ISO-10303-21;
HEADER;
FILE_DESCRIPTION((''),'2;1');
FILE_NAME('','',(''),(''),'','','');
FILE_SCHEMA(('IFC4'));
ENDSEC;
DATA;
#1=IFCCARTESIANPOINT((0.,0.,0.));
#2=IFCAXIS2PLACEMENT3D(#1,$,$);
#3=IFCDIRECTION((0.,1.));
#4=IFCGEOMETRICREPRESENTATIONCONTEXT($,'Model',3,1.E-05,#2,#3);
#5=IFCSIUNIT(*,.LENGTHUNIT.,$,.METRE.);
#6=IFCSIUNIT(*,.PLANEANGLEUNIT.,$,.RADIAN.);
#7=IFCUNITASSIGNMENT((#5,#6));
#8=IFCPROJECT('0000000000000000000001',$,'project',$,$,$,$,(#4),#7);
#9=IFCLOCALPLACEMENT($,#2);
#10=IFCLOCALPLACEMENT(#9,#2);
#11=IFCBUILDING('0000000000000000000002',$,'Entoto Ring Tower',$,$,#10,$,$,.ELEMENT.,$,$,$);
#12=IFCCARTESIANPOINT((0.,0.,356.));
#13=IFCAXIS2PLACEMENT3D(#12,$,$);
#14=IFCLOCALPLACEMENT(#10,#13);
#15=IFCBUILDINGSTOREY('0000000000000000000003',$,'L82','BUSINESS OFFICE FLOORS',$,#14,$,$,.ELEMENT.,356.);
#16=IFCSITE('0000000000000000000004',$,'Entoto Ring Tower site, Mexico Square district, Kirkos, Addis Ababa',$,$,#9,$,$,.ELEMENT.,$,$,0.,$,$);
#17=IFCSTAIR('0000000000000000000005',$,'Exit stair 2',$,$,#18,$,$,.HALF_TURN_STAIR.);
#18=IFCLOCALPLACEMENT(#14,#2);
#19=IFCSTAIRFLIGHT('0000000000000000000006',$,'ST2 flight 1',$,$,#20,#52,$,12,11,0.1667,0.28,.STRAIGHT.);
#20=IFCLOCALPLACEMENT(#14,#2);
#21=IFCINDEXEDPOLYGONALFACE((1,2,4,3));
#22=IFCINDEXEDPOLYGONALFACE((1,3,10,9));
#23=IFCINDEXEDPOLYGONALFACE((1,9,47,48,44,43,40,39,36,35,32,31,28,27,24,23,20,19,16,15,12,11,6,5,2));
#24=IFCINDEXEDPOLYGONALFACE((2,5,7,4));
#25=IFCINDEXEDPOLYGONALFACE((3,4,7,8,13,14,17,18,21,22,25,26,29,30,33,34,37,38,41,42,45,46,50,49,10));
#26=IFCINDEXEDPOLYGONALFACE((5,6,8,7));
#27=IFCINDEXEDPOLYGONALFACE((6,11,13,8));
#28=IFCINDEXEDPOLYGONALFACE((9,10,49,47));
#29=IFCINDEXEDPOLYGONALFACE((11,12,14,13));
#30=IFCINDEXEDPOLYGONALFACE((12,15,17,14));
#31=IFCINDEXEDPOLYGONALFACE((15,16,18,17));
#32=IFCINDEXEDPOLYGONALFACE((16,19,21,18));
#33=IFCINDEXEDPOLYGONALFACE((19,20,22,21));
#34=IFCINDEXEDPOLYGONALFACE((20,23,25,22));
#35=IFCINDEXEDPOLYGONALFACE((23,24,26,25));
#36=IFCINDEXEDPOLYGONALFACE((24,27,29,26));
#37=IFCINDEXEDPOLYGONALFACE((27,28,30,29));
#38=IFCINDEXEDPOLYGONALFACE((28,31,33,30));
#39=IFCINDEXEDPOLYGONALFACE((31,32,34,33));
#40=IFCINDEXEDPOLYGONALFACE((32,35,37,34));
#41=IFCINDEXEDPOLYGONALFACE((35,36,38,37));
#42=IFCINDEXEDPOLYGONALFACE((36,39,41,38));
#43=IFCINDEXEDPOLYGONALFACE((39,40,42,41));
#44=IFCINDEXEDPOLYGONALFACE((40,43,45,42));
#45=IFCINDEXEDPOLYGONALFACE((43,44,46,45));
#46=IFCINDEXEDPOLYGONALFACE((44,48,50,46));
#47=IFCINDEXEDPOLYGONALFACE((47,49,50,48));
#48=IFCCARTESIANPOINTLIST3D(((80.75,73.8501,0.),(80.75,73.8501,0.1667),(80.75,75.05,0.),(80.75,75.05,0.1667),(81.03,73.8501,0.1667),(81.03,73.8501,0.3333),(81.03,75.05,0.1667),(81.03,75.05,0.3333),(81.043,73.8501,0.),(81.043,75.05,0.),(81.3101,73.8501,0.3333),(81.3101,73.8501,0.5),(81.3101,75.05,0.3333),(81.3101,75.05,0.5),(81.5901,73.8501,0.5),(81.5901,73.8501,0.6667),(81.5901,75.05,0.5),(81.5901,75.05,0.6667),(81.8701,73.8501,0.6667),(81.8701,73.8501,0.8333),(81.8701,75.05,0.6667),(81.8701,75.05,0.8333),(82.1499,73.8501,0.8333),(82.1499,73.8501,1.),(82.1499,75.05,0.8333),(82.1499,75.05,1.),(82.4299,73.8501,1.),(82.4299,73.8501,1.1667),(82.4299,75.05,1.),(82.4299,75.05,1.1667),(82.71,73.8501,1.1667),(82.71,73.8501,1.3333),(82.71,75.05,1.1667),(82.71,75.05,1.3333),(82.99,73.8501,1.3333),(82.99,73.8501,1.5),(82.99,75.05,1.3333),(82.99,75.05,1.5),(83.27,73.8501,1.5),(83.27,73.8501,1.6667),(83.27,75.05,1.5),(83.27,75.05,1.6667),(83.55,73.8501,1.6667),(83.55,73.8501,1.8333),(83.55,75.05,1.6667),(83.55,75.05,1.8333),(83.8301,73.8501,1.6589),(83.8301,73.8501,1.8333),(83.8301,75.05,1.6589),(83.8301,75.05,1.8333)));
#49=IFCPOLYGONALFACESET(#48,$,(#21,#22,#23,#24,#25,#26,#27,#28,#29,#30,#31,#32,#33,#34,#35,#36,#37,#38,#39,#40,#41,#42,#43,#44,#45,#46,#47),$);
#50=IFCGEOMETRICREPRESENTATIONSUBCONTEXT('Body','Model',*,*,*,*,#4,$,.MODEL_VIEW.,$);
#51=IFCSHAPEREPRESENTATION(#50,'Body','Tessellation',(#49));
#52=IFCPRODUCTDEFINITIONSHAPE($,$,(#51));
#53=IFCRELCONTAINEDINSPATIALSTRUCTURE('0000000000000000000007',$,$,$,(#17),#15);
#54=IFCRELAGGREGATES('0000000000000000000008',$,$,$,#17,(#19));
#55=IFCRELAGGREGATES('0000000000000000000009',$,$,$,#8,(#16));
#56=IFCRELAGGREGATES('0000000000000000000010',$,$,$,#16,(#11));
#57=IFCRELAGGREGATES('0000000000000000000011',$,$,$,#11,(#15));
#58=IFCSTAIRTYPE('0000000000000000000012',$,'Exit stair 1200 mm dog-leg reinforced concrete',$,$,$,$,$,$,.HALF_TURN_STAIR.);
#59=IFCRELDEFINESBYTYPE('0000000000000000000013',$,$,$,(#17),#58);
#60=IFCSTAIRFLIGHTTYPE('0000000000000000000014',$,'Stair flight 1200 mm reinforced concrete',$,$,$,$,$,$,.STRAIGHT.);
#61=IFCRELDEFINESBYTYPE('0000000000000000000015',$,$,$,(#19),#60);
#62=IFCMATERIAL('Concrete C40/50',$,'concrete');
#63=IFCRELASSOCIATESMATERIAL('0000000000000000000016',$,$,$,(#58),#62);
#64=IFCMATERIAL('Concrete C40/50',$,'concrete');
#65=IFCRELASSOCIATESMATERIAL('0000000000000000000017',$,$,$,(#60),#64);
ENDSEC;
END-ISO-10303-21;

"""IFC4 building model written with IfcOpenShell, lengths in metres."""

from ifc_helpers import new_model, si_unit, direction, frame, origin, place, context, subcontext, project, spatial, polyline, outline, extrude, material, type_object, element, aggregate, save


model = new_model("IFC4")

# Units and contexts
model_context = context("Model", 3, precision=1e-05, world=origin(), true_north=direction((0.0, 1.0)))
body_context = subcontext(model_context, "Body", "Model", "MODEL_VIEW")
ifc_project = project(units=[si_unit("LENGTHUNIT", "METRE"), si_unit("PLANEANGLEUNIT", "RADIAN")], contexts=[model_context])

# Site, building, storey
site_placement = place(None, origin())
site = spatial("IfcSite", under=ifc_project, at=site_placement, Name="Entoto Ring Tower site, Mexico Square district, Kirkos, Addis Ababa", CompositionType="ELEMENT", RefElevation=0.0)
building_placement = place(site_placement, origin())
building = spatial("IfcBuilding", under=site, at=building_placement, Name="Entoto Ring Tower", CompositionType="ELEMENT")
storey_placement = place(building_placement, frame((0.0, 0.0, 356.0)))
storey = spatial("IfcBuildingStorey", under=building, at=storey_placement, Name="L82", Description="BUSINESS OFFICE FLOORS", CompositionType="ELEMENT", Elevation=356.0)

# Stair, stair flight
ifc_material_1 = material(Name="Concrete C40/50", Category="concrete")
stair_type = type_object("IfcStairType", Name="Exit stair 1200 mm dog-leg reinforced concrete", PredefinedType="HALF_TURN_STAIR", material=ifc_material_1)
stair_placement = place(storey_placement, origin())
stair = element("IfcStair", 1, at=stair_placement, inside=storey, type_object=stair_type, Name="Exit stair 2", PredefinedType="HALF_TURN_STAIR")
ifc_material_2 = material(Name="Concrete C40/50", Category="concrete")
stair_flight_type = type_object("IfcStairFlightType", Name="Stair flight 1200 mm reinforced concrete", PredefinedType="STRAIGHT", material=ifc_material_2)
stair_flight_placement = place(storey_placement, frame((80.75, 74.45, 0.0), z_axis=(0.0, 0.0, 1.0), x_axis=(1.0, 0.0, 0.0)))
stair_flight = element("IfcStairFlight", 2, at=stair_flight_placement, type_object=stair_flight_type, Name="ST2 flight 1", NumberOfRisers=12, NumberOfTreads=11, PredefinedType="STRAIGHT", RiserHeight=0.1667, TreadLength=0.28, context=body_context, shape_type="SweptSolid", body=[
    extrude(outline(polyline([(0.0, 0.0), (0.0, 0.1667), (0.28, 0.1667), (0.28, 0.3333), (0.5601, 0.3333), (0.5601, 0.5), (0.8401, 0.5), (0.8401, 0.6667), (1.1201, 0.6667), (1.1201, 0.8333), (1.3999, 0.8333), (1.3999, 1.0), (1.6799, 1.0), (1.6799, 1.1667), (1.96, 1.1667), (1.96, 1.3333), (2.24, 1.3333), (2.24, 1.5), (2.52, 1.5), (2.52, 1.6667), (2.8, 1.6667), (2.8, 1.8333), (3.0801, 1.8333), (3.0801, 2.0), (3.0801, 1.6589), (0.293, 0.0), (0.0, 0.0)])), frame((0.0, 0.6001, 0.0), z_axis=(0.0, -1.0, 0.0), x_axis=(1.0, 0.0, 0.0)), (0.0, 0.0, 1.0), 1.2),
])
aggregate(stair, [stair_flight])

save(model, "model.ifc")
